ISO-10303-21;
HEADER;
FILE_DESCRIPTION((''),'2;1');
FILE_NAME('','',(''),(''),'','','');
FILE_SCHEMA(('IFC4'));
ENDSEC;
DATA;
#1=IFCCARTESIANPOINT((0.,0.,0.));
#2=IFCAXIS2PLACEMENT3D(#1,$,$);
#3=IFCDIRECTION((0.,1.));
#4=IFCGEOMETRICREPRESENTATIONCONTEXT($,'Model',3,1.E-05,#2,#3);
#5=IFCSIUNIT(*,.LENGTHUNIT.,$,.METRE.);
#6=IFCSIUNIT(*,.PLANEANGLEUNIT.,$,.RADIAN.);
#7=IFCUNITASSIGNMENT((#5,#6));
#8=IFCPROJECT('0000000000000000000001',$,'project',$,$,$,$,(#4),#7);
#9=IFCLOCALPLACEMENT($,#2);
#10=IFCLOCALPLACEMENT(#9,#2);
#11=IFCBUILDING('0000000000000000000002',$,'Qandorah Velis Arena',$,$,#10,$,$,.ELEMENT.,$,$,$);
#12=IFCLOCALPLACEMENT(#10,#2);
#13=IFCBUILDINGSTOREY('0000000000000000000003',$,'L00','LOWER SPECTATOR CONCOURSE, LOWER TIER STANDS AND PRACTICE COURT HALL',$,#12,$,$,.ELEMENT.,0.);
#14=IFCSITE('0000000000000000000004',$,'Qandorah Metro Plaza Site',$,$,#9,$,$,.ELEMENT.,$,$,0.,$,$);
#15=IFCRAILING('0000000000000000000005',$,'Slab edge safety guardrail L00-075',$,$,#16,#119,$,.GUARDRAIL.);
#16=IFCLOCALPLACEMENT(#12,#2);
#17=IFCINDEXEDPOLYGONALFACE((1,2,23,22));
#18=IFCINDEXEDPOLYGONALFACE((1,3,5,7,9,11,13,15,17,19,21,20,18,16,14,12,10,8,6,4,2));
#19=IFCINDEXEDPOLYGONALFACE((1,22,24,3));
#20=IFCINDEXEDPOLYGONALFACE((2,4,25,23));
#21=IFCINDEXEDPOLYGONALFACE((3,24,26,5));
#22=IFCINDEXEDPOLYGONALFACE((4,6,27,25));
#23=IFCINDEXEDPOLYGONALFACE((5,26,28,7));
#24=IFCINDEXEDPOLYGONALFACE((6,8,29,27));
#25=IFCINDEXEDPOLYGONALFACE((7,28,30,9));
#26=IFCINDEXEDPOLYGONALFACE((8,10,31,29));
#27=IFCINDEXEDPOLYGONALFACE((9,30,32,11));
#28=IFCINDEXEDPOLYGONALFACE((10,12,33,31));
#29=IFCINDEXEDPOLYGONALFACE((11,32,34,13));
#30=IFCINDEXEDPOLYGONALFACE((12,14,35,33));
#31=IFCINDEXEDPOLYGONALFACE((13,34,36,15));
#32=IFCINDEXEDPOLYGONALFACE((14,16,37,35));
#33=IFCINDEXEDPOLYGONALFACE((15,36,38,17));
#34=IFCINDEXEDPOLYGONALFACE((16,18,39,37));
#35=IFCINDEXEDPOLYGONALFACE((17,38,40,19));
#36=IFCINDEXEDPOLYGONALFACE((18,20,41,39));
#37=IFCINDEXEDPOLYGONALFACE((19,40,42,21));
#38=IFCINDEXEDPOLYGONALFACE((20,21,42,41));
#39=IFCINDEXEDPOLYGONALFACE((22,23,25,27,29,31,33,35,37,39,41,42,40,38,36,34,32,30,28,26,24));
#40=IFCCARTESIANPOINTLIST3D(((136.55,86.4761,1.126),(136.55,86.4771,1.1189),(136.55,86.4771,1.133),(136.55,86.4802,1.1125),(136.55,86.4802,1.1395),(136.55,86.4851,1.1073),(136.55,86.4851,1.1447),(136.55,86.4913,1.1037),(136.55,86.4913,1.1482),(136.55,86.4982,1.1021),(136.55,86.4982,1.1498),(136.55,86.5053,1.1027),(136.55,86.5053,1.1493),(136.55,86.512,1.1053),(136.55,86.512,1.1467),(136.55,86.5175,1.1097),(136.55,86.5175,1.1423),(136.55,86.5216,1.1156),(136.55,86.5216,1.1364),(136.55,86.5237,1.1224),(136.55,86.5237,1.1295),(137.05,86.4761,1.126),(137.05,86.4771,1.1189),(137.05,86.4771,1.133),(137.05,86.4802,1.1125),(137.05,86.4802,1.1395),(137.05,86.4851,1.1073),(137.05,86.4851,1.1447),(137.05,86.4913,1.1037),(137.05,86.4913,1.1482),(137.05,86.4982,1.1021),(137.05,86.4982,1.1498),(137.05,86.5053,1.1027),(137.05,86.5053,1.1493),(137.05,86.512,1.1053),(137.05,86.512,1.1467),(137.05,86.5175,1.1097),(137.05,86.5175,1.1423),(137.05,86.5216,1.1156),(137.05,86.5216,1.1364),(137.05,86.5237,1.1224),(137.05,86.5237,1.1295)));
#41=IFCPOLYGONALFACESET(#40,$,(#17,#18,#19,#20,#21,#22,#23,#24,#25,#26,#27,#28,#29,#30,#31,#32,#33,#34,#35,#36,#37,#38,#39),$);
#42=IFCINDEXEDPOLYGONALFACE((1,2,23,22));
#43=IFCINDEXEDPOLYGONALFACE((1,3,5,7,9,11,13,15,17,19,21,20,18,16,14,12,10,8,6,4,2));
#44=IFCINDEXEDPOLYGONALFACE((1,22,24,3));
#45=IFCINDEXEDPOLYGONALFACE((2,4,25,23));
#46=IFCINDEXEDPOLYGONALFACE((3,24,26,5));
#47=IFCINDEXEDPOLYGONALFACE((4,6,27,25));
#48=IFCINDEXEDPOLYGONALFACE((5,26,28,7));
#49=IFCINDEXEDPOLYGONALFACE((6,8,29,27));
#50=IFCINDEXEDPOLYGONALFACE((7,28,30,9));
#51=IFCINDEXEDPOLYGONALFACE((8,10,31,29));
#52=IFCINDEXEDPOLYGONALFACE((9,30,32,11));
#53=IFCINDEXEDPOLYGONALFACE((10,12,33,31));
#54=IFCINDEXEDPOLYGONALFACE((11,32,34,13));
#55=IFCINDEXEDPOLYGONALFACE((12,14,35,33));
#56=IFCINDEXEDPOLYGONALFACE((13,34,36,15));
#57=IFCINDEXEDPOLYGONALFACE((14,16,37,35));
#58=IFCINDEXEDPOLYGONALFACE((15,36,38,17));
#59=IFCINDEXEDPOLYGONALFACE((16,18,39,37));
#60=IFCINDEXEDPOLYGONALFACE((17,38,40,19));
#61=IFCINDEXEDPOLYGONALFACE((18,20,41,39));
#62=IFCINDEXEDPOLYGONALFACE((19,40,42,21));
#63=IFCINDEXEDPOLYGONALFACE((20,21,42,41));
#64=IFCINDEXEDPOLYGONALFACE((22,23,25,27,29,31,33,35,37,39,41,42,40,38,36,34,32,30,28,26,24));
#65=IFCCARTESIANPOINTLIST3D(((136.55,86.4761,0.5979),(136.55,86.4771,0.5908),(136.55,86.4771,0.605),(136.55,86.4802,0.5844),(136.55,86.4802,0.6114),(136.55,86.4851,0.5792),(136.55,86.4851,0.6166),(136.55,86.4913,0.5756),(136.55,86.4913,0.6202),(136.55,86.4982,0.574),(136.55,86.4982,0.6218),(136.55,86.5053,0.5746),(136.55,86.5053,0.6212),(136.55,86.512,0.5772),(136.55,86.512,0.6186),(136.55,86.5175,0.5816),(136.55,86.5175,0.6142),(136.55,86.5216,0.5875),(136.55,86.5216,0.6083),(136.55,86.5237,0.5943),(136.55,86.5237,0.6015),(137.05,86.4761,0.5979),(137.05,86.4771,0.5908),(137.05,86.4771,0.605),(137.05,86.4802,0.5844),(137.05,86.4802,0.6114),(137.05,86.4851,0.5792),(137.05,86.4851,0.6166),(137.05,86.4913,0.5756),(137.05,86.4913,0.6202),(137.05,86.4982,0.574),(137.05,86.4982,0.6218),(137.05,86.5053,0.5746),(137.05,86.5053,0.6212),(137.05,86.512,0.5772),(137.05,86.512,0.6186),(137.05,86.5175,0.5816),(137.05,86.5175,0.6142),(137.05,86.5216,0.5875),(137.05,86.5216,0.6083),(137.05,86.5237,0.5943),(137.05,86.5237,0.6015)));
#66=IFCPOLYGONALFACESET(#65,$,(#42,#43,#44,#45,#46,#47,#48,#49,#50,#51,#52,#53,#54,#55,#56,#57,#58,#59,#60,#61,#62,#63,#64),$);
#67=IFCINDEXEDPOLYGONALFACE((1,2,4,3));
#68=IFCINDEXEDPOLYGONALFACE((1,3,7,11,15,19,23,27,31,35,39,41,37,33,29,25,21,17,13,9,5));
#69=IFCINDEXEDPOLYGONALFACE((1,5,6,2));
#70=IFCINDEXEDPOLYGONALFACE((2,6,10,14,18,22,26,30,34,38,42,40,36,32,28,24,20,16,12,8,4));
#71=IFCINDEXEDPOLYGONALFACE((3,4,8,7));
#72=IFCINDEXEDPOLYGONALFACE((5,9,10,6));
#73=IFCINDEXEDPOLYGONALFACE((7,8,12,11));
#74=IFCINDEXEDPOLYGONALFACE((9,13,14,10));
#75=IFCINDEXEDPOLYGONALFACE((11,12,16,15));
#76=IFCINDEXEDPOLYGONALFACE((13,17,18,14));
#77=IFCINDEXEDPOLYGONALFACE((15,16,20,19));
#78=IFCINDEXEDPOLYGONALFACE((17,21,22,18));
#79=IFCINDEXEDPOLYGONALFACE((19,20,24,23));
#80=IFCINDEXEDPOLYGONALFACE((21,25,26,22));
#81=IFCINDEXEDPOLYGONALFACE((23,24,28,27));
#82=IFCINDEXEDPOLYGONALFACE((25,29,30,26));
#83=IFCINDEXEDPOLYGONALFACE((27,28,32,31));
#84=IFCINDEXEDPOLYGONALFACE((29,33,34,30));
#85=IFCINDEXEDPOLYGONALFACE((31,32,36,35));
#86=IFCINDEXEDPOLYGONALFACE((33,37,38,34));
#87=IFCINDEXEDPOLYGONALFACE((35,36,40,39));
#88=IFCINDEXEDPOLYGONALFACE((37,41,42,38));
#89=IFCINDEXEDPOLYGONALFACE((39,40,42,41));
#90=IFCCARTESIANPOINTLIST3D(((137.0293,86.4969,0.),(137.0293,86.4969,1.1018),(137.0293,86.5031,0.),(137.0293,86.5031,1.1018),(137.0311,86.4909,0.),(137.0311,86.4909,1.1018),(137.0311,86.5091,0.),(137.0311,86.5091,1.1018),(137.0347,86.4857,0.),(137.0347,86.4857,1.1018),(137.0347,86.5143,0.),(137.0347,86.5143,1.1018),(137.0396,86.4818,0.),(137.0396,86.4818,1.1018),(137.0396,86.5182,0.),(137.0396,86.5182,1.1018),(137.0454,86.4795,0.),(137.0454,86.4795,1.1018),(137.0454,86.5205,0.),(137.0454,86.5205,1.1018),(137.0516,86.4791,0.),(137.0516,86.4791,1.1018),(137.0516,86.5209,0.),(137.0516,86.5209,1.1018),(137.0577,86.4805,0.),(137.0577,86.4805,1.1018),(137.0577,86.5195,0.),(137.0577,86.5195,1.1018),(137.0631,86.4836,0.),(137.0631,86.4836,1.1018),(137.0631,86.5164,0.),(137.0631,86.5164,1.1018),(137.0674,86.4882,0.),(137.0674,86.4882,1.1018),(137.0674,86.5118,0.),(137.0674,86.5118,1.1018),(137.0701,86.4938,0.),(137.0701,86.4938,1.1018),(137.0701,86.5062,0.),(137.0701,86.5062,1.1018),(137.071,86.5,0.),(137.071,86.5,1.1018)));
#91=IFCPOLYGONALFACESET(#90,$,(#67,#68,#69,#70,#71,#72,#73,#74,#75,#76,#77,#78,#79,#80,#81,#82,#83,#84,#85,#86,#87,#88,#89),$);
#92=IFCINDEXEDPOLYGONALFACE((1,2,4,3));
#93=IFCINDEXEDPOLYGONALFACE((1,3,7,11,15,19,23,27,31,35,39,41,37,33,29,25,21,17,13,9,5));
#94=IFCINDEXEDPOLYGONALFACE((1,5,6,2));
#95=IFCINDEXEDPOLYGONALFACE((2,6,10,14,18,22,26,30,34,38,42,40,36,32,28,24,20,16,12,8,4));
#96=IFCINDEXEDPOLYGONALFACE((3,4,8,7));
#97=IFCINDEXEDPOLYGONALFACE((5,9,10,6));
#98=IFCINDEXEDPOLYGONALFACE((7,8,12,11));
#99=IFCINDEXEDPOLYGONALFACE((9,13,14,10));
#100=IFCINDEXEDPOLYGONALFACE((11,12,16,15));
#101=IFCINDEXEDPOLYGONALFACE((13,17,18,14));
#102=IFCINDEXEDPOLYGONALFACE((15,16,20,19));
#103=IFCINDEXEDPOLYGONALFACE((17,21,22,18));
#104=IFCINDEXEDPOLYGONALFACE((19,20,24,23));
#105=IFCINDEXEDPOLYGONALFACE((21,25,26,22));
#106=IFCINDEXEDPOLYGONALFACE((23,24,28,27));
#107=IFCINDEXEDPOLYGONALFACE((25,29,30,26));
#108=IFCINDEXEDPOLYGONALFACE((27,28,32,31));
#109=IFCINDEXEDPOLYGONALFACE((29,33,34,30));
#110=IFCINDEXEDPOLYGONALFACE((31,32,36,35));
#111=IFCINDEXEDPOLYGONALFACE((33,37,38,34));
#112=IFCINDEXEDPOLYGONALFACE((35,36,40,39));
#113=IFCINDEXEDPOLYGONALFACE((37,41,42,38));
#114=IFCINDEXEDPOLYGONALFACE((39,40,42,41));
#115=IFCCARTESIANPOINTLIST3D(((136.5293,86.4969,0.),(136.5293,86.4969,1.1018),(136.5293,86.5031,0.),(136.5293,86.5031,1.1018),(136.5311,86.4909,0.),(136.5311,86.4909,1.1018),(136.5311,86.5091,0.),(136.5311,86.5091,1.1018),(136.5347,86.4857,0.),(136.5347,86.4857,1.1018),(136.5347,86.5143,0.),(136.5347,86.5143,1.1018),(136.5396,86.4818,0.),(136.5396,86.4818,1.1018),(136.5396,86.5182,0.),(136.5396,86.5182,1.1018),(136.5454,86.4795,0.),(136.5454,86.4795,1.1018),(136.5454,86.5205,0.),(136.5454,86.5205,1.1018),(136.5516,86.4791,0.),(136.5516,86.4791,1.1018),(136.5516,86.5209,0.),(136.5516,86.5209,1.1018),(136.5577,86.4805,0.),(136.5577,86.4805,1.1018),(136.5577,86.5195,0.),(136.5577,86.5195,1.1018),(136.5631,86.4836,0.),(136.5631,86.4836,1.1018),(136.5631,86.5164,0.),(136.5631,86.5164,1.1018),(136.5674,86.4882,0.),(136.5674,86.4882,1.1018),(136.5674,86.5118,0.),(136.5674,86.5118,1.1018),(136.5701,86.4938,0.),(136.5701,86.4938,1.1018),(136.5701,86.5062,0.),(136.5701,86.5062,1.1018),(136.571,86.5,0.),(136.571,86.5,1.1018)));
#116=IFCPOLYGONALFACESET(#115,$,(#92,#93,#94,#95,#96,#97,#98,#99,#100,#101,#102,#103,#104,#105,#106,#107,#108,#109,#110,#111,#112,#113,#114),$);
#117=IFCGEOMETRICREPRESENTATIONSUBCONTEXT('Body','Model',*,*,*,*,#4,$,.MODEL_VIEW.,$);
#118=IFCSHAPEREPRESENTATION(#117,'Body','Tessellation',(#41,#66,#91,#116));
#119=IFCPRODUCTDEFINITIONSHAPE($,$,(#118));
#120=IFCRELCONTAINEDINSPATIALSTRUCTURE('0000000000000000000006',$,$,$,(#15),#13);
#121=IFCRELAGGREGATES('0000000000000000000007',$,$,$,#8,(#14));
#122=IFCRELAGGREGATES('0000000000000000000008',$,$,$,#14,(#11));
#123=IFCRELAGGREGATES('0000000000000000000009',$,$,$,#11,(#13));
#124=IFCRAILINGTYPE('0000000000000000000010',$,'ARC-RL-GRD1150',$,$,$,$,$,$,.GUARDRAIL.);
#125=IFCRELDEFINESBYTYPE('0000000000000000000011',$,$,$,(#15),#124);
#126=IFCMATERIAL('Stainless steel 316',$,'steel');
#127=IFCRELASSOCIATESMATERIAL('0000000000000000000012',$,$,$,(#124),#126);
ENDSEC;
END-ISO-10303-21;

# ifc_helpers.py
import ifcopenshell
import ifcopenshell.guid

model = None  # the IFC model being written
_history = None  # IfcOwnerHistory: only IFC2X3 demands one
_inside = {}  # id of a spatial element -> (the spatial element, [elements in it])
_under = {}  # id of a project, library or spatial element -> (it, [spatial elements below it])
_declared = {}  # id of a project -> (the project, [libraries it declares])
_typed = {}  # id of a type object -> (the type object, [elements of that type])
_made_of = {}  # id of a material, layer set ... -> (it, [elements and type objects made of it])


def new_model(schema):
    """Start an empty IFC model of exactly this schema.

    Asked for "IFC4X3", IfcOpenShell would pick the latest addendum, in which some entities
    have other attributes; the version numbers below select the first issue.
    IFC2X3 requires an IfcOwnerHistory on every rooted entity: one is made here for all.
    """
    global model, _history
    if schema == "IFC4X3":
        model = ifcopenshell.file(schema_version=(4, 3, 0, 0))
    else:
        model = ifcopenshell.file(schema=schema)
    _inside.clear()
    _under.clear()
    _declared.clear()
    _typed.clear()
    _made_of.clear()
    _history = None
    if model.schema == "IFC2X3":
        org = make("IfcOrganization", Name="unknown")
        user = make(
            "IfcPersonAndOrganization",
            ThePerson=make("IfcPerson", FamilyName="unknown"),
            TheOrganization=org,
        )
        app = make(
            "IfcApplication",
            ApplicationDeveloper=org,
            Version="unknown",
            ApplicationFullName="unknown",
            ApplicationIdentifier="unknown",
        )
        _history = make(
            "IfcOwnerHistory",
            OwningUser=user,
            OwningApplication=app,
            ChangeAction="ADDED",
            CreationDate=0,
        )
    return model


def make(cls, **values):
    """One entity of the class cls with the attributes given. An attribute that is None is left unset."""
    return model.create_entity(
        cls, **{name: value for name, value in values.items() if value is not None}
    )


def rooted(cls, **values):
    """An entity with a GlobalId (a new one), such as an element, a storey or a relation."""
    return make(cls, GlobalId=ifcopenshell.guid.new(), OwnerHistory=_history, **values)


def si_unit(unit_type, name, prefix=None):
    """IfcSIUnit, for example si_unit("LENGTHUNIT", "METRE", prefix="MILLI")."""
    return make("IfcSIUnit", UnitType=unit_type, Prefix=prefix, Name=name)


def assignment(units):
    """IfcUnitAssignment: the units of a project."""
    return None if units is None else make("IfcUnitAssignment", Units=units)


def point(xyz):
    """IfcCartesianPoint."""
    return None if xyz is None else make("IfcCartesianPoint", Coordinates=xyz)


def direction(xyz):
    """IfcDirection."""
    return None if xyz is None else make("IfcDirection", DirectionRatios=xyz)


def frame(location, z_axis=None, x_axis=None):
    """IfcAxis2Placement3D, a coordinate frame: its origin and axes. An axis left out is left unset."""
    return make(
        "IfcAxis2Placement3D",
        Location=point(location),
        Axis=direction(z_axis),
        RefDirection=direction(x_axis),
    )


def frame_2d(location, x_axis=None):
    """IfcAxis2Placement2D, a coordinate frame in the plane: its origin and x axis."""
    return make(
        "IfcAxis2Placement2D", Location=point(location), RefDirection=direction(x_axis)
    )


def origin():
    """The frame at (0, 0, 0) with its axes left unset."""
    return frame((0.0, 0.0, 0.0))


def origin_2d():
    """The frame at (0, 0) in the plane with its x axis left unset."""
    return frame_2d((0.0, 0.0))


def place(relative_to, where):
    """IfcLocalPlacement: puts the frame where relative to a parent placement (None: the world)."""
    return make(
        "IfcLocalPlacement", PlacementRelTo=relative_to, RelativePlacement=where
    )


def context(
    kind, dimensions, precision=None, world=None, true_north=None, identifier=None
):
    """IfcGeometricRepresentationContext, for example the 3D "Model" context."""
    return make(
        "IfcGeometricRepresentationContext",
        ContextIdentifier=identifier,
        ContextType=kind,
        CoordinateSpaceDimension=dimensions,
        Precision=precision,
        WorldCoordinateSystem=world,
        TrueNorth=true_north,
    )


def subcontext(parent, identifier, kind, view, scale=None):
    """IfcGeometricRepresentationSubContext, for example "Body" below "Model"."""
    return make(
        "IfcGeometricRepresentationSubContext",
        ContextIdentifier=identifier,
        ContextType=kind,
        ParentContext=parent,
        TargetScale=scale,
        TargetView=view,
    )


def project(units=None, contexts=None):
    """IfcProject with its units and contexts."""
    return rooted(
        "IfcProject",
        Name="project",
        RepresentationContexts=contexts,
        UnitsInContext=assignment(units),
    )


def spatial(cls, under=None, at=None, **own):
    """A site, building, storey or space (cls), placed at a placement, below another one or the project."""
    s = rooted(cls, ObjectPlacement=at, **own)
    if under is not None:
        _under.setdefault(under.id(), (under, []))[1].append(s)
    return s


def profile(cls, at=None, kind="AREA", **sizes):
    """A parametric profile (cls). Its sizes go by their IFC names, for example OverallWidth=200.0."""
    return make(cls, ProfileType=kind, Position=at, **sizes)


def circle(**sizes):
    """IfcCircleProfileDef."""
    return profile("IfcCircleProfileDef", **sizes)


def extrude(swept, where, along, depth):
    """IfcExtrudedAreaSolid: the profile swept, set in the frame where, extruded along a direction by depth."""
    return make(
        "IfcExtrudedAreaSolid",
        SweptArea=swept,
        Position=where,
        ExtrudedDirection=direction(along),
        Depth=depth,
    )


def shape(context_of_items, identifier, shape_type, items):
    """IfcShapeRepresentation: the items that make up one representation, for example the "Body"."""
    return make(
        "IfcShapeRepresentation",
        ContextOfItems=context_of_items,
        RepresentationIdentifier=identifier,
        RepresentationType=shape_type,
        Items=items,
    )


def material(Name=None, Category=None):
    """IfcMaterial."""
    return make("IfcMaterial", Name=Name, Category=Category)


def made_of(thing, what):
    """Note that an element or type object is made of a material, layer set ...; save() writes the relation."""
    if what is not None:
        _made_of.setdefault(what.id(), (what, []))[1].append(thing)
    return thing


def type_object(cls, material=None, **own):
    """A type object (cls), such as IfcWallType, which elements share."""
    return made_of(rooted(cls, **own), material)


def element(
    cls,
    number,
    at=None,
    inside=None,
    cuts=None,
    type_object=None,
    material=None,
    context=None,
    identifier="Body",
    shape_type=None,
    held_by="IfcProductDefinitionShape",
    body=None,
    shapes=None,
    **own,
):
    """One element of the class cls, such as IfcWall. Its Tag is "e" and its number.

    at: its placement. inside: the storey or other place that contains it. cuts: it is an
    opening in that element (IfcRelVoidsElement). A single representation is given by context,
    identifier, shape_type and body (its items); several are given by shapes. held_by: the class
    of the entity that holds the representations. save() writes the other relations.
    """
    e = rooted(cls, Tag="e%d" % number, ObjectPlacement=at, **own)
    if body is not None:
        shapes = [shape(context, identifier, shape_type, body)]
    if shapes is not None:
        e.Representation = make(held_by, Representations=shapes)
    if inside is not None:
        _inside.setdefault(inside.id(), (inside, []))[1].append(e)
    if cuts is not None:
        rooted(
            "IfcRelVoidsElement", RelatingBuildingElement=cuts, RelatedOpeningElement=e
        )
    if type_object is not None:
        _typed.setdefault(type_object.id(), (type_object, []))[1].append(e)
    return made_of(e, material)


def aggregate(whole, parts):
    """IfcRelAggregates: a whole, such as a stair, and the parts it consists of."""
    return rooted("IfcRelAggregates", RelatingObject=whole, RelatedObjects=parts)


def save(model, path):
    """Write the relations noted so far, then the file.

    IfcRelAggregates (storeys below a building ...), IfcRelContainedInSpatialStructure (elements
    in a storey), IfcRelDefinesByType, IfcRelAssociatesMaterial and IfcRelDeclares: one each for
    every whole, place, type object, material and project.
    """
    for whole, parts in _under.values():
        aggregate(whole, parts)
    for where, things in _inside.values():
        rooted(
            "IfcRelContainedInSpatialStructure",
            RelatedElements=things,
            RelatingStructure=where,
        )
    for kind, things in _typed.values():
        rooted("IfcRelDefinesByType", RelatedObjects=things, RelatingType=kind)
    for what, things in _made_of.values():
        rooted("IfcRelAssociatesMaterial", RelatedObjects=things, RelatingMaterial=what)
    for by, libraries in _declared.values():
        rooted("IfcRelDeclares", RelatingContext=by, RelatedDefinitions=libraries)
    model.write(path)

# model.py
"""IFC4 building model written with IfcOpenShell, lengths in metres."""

from ifc_helpers import new_model, si_unit, direction, frame, origin, origin_2d, place, context, subcontext, project, spatial, circle, extrude, material, type_object, element, save


model = new_model("IFC4")

# Units and contexts
model_context = context("Model", 3, precision=1e-05, world=origin(), true_north=direction((0.0, 1.0)))
body_context = subcontext(model_context, "Body", "Model", "MODEL_VIEW")
ifc_project = project(units=[si_unit("LENGTHUNIT", "METRE"), si_unit("PLANEANGLEUNIT", "RADIAN")], contexts=[model_context])

# Site, building, storey
site_placement = place(None, origin())
site = spatial("IfcSite", under=ifc_project, at=site_placement, Name="Qandorah Metro Plaza Site", CompositionType="ELEMENT", RefElevation=0.0)
building_placement = place(site_placement, origin())
building = spatial("IfcBuilding", under=site, at=building_placement, Name="Qandorah Velis Arena", CompositionType="ELEMENT")
storey_placement = place(building_placement, origin())
storey = spatial("IfcBuildingStorey", under=building, at=storey_placement, Name="L00", Description="LOWER SPECTATOR CONCOURSE, LOWER TIER STANDS AND PRACTICE COURT HALL", CompositionType="ELEMENT", Elevation=0.0)

# Railing
ifc_material_1 = material(Name="Stainless steel 316", Category="steel")
railing_type = type_object("IfcRailingType", Name="ARC-RL-GRD1150", PredefinedType="GUARDRAIL", material=ifc_material_1)
for number, where, name in (
    (1, (137.05, 86.5, 0.0), "Slab edge safety guardrail L00-075"),
):
    element("IfcRailing", number, at=place(storey_placement, frame(where)), inside=storey, type_object=railing_type, Name=name, PredefinedType="GUARDRAIL", context=body_context, shape_type="SweptSolid", body=[
        extrude(circle(Radius=0.0239, at=origin_2d()), frame((0.0, 0.0, 1.126), z_axis=(-1.0, 0.0, 0.0), x_axis=(0.0, -1.0, 0.0)), (0.0, 0.0, 1.0), 0.5),
        extrude(circle(Radius=0.0239, at=origin_2d()), frame((0.0, 0.0, 0.5979), z_axis=(-1.0, 0.0, 0.0), x_axis=(0.0, -1.0, 0.0)), (0.0, 0.0, 1.0), 0.5),
        extrude(circle(Radius=0.021, at=origin_2d()), origin(), (0.0, 0.0, 1.0), 1.1018),
        extrude(circle(Radius=0.021, at=origin_2d()), frame((-0.5, 0.0, 0.0)), (0.0, 0.0, 1.0), 1.1018),
    ])

save(model, "model.ifc")
